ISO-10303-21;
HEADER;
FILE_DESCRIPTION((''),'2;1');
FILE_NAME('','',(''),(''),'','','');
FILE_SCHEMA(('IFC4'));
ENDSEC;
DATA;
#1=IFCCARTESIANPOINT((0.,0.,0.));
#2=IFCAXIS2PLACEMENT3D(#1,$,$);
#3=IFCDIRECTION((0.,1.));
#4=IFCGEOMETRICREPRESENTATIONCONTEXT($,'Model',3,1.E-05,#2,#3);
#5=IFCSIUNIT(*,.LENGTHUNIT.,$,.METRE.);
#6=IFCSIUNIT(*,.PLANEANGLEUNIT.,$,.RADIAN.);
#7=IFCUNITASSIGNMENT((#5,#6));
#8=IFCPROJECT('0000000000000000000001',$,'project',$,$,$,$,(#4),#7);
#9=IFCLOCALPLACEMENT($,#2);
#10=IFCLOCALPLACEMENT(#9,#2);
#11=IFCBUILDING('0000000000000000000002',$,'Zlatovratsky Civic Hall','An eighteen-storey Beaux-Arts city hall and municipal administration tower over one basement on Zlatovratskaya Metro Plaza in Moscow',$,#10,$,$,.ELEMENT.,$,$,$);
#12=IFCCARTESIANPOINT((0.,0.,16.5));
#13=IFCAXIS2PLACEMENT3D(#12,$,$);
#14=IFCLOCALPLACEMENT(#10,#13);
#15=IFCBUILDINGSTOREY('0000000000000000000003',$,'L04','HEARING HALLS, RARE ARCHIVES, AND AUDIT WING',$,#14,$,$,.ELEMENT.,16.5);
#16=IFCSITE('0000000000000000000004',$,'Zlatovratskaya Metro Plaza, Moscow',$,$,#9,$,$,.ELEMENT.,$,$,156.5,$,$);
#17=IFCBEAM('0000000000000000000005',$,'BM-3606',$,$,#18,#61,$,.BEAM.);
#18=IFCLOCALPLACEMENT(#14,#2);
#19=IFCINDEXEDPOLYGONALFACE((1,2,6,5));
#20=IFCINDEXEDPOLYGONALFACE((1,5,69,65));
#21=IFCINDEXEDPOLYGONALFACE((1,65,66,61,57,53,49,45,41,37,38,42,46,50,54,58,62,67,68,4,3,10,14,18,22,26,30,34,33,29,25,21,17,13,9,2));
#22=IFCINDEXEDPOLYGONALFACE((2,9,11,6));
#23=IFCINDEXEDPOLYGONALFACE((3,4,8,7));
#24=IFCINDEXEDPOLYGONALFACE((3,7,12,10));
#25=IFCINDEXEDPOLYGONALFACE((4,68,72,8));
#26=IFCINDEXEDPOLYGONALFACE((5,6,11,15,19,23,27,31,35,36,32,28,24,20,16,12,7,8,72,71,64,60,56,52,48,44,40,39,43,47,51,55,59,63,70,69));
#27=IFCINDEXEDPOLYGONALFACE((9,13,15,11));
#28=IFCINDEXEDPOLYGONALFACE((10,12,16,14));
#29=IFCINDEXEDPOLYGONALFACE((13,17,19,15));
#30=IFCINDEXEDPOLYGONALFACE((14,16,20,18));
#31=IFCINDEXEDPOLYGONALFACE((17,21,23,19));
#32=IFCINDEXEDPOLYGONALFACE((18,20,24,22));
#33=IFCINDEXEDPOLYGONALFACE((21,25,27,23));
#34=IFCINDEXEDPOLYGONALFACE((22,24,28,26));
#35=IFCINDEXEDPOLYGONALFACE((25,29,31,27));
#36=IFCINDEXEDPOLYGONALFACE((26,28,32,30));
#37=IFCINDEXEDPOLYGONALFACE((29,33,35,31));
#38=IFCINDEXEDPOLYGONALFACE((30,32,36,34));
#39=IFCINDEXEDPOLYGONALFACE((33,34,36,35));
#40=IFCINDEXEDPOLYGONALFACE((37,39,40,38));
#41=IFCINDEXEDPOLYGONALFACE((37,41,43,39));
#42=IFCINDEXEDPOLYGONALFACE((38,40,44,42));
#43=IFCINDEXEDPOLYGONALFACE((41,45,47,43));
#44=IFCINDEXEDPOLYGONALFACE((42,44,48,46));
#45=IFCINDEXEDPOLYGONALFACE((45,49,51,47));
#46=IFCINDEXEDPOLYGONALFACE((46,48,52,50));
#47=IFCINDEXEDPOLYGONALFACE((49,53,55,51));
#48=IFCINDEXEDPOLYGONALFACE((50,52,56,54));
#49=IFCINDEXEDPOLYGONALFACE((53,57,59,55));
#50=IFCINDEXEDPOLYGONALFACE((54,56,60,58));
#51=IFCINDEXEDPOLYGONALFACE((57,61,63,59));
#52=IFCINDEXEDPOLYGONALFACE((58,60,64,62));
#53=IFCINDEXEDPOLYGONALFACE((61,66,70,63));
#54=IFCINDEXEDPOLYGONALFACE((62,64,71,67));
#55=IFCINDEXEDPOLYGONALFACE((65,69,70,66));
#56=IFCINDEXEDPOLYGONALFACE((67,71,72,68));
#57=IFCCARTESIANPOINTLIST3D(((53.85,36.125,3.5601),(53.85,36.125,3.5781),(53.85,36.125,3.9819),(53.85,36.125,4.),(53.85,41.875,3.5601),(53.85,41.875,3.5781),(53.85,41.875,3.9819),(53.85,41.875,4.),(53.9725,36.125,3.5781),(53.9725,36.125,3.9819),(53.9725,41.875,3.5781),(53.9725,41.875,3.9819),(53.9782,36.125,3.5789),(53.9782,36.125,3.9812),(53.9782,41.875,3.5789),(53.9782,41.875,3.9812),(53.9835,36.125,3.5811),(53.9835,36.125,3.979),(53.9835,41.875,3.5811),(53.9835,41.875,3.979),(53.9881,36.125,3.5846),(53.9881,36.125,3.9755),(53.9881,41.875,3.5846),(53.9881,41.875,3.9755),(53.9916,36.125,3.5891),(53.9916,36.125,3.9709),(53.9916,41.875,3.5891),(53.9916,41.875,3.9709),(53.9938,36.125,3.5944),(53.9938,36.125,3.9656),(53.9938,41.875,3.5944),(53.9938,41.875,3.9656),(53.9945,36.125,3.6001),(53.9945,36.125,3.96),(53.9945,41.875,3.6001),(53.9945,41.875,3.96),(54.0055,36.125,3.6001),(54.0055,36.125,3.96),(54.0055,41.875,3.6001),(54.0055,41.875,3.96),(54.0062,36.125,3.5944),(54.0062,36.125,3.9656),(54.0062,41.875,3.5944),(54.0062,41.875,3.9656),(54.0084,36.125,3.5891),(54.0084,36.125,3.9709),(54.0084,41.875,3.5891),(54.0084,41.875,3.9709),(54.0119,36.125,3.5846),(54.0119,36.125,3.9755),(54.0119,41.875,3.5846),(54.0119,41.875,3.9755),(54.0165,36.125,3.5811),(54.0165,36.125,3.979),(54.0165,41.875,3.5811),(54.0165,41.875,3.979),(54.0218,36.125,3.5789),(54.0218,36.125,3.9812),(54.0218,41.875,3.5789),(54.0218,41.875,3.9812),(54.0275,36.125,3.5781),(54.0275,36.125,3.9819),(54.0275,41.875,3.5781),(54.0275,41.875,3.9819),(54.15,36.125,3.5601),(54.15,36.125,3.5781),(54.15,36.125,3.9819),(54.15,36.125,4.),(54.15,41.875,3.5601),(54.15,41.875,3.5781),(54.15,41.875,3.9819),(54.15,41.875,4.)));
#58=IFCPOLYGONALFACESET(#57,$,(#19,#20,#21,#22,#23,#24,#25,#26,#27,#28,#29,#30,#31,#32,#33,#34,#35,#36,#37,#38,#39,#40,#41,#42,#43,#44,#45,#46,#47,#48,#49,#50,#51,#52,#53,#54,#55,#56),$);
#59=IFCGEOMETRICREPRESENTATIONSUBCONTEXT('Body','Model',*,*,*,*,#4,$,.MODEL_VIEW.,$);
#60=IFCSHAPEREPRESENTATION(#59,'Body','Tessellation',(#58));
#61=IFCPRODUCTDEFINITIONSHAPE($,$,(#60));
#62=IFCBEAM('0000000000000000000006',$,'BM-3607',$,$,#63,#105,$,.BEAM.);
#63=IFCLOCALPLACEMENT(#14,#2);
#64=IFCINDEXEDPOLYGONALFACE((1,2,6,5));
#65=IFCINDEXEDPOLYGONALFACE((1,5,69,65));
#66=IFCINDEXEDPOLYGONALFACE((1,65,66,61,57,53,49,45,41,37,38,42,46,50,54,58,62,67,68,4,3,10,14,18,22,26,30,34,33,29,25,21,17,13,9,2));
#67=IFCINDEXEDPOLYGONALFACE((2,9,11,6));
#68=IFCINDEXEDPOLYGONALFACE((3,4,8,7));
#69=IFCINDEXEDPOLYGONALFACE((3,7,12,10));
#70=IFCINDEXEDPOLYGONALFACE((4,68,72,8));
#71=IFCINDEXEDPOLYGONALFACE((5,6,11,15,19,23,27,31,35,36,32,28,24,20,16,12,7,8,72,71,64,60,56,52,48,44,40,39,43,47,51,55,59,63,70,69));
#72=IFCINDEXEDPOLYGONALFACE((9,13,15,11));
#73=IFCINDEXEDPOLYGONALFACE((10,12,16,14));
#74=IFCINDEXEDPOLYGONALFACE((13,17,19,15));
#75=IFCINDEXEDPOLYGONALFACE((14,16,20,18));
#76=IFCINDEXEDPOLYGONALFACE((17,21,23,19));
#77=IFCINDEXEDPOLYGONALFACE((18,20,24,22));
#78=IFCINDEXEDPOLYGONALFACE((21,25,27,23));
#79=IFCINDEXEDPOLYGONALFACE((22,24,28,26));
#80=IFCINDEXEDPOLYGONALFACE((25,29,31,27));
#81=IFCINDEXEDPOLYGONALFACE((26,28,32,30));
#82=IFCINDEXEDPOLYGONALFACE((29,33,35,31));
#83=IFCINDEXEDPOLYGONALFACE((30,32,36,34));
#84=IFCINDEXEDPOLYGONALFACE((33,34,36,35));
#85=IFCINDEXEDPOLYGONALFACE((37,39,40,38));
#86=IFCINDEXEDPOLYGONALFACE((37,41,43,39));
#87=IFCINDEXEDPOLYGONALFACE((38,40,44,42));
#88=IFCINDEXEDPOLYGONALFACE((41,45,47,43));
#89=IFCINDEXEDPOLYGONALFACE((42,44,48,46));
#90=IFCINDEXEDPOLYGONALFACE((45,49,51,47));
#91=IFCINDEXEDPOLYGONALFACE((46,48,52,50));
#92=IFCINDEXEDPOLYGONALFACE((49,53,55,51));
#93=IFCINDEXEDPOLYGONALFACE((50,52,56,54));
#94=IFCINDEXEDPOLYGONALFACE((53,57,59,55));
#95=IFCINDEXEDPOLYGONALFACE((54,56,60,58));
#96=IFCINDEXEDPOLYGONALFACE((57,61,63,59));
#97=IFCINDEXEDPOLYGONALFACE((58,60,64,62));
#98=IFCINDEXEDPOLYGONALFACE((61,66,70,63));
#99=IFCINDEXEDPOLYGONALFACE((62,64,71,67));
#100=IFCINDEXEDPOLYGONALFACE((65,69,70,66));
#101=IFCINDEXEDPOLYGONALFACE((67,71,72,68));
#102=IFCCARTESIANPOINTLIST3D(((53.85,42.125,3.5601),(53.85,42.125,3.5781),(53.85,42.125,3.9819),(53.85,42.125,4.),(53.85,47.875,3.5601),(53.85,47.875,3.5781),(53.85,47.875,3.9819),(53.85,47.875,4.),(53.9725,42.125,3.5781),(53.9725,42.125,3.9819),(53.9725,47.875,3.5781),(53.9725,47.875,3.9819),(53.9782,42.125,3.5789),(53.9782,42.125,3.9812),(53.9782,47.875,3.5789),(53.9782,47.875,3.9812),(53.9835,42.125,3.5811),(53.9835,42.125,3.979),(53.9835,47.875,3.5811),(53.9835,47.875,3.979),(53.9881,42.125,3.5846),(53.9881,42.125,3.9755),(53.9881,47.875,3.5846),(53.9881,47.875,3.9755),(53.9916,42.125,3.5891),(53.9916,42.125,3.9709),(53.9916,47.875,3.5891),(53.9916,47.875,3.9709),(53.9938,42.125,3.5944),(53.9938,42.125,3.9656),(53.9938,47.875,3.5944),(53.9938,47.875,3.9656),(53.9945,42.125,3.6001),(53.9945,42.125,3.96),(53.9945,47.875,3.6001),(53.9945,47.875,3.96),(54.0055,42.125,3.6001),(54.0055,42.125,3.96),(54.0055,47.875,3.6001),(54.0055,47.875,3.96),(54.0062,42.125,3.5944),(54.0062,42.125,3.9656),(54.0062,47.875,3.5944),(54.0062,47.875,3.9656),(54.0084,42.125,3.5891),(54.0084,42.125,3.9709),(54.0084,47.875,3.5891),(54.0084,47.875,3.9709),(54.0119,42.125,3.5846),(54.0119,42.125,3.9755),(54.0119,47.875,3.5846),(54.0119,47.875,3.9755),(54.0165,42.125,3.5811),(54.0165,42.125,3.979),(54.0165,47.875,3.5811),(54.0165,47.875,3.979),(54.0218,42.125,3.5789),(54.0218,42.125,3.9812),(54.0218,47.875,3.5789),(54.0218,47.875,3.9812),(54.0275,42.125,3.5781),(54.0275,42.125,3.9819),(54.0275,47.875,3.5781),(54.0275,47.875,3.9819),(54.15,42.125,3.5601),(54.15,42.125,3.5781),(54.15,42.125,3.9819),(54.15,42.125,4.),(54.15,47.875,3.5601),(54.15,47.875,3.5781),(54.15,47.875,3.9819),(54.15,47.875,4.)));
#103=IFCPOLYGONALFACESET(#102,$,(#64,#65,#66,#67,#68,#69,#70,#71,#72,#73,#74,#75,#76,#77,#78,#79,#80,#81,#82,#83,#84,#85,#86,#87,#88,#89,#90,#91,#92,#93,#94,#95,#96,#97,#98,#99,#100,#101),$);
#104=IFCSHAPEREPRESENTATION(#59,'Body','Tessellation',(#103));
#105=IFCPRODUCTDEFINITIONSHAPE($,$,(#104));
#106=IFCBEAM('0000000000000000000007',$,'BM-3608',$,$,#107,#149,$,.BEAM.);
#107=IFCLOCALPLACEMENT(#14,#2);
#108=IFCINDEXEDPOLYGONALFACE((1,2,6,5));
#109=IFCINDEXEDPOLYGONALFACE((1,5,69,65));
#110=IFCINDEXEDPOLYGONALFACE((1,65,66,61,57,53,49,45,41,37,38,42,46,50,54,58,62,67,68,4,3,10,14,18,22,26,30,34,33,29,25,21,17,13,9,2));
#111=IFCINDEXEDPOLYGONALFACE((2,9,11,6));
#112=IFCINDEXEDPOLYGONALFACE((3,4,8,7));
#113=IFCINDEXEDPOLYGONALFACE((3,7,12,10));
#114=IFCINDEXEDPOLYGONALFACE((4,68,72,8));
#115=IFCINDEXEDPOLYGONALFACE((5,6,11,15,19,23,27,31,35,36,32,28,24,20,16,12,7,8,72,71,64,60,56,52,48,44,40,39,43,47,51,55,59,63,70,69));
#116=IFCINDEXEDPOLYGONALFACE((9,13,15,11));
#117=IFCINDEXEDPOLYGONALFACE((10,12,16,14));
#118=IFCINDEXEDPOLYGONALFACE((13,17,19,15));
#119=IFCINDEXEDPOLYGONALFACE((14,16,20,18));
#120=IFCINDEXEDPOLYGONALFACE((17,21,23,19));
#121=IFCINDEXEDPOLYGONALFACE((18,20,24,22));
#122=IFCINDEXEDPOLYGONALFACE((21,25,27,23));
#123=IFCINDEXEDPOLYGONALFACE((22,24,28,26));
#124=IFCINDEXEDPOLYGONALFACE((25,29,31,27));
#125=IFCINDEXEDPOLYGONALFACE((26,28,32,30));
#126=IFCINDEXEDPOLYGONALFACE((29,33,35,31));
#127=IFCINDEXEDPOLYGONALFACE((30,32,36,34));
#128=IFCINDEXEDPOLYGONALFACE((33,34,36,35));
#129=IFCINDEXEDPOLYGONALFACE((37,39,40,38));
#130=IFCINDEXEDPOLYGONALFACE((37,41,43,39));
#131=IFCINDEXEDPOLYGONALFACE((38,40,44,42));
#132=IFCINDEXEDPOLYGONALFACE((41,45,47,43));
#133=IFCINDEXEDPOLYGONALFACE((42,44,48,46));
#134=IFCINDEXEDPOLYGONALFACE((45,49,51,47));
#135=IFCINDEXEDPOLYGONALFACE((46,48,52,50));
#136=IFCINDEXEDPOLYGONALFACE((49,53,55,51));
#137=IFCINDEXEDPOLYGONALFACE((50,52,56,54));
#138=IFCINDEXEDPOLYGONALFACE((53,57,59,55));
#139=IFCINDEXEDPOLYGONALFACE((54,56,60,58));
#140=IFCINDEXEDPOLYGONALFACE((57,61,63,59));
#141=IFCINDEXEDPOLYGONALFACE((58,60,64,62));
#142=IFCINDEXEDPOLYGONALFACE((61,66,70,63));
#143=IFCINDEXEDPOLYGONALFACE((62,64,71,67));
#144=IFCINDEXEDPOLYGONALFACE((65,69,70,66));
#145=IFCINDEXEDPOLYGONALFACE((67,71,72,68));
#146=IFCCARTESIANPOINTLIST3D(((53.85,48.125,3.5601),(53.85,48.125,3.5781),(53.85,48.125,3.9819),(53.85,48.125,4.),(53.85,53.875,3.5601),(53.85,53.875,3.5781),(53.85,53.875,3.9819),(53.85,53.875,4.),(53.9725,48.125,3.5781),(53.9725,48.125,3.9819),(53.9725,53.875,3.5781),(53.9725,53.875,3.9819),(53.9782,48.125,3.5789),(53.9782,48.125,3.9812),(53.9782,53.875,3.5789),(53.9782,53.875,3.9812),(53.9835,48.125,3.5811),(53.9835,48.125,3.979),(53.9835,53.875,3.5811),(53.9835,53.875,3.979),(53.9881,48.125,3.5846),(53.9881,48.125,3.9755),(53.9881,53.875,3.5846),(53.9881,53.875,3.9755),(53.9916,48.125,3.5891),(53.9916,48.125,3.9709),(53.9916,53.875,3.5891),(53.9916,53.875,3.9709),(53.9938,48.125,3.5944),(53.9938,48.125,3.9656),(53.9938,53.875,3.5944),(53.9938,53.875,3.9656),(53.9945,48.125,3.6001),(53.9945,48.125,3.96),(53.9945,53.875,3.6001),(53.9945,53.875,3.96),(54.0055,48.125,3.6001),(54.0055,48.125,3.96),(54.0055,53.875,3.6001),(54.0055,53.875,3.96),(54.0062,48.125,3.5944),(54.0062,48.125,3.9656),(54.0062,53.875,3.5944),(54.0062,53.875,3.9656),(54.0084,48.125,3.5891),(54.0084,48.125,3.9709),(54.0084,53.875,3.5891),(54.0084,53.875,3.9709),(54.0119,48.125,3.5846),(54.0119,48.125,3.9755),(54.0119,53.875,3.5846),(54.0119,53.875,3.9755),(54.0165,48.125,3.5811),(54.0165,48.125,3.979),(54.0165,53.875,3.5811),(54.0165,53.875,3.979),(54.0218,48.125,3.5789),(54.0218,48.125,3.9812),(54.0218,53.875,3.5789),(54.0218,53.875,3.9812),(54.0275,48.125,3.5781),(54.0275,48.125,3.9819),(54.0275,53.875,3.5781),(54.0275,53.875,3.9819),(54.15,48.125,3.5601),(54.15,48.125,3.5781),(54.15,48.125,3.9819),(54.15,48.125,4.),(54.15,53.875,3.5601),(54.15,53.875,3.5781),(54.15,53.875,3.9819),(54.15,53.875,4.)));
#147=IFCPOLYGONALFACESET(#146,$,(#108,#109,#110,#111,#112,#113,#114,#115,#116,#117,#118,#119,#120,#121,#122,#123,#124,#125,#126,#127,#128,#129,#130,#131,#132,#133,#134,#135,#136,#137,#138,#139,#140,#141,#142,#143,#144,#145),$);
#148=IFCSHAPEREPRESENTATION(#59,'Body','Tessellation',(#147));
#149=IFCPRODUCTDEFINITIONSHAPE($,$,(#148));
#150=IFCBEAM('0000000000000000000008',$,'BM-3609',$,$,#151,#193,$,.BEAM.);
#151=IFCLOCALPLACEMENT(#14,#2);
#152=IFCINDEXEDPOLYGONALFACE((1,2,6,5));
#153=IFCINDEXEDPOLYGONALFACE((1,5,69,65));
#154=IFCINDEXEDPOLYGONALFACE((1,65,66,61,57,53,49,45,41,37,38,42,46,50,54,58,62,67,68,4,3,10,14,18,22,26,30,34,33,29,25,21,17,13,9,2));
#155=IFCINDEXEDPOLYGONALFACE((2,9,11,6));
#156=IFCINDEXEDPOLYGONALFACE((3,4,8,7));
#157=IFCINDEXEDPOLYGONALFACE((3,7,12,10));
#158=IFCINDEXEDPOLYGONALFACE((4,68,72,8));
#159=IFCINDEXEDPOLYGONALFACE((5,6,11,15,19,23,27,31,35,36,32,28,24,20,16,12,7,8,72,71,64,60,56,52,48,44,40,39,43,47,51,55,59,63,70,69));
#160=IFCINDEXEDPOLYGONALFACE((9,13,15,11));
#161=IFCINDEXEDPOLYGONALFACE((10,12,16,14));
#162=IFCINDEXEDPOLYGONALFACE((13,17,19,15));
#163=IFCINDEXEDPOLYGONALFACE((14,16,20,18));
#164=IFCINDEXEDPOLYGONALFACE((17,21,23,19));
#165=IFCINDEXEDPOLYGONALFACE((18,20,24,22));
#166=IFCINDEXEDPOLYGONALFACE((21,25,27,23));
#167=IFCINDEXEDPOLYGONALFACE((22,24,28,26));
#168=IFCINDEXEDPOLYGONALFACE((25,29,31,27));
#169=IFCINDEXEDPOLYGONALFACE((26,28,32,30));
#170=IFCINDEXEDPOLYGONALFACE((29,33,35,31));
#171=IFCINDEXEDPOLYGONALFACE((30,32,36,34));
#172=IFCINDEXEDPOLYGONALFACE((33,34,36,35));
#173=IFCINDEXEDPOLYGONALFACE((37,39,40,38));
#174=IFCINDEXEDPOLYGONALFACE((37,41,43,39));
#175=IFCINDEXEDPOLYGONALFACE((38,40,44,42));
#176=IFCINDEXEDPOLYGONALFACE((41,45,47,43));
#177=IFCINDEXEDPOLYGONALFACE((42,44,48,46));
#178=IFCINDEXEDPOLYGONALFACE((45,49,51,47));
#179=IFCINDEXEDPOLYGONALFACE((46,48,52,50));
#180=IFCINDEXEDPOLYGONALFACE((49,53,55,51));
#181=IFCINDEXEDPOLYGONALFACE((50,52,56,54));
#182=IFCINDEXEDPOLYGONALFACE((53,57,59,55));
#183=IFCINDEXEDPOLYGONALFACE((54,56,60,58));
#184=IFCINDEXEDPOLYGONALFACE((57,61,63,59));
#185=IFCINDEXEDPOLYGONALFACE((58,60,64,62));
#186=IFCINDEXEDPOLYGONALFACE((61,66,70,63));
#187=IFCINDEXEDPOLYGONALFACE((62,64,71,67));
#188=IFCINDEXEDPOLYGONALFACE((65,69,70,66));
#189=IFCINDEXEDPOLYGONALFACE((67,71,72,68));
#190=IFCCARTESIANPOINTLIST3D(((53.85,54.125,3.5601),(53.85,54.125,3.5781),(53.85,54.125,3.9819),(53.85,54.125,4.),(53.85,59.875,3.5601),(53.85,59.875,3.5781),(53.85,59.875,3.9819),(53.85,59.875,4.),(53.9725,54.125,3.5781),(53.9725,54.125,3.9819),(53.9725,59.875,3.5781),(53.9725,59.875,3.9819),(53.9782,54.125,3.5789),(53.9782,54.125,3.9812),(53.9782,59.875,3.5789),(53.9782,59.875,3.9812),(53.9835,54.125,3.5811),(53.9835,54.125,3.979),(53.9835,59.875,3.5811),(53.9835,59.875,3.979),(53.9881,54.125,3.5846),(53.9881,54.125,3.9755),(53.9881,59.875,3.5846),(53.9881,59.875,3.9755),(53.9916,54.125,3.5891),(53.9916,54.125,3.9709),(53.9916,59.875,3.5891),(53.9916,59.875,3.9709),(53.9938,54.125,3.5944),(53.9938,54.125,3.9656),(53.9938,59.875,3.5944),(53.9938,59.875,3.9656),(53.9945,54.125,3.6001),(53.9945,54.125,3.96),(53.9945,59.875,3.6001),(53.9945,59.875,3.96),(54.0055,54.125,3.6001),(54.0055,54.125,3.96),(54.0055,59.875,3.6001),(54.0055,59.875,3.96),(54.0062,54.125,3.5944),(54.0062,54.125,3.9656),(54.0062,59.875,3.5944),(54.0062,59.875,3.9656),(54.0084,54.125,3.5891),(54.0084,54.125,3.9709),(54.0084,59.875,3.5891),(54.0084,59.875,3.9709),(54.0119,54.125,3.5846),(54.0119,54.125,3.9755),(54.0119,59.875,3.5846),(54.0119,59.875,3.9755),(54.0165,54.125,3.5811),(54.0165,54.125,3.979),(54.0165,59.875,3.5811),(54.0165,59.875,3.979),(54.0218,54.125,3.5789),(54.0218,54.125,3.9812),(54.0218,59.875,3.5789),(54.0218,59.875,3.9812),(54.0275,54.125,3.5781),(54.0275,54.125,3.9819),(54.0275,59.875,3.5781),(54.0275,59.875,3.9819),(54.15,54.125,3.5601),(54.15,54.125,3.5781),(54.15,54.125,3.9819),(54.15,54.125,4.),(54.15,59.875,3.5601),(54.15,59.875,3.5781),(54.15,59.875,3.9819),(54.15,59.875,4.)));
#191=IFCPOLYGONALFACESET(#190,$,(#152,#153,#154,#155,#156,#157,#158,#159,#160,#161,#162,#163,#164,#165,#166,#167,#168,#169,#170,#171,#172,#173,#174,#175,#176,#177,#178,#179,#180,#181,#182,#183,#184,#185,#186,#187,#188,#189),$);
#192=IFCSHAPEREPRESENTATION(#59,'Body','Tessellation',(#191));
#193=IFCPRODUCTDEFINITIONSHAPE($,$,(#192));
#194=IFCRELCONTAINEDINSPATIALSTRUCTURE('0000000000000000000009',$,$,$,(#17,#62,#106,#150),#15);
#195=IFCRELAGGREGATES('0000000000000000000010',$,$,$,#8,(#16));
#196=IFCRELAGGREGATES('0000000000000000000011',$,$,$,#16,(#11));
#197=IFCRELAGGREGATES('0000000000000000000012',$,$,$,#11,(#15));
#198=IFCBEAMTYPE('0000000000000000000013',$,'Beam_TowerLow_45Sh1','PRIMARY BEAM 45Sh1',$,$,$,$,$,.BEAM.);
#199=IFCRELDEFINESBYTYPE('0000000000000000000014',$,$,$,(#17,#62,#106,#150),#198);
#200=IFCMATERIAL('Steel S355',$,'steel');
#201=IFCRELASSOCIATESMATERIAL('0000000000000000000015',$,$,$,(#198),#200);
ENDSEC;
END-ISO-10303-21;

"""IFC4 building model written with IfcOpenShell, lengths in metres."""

from ifc_helpers import new_model, si_unit, direction, frame, origin, origin_2d, place, context, subcontext, project, spatial, i_section, extrude, material, material_profile, profile_set, type_object, element, save


model = new_model("IFC4")

# Units and contexts
model_context = context("Model", 3, precision=1e-05, world=origin(), true_north=direction((0.0, 1.0)))
body_context = subcontext(model_context, "Body", "Model", "MODEL_VIEW")
ifc_project = project(units=[si_unit("LENGTHUNIT", "METRE"), si_unit("PLANEANGLEUNIT", "RADIAN")], contexts=[model_context])

# Site, building, storey
site_placement = place(None, origin())
site = spatial("IfcSite", under=ifc_project, at=site_placement, Name="Zlatovratskaya Metro Plaza, Moscow", CompositionType="ELEMENT", RefElevation=156.5)
building_placement = place(site_placement, origin())
building = spatial("IfcBuilding", under=site, at=building_placement, Name="Zlatovratsky Civic Hall", Description="An eighteen-storey Beaux-Arts city hall and municipal administration tower over one basement on Zlatovratskaya Metro Plaza in Moscow", CompositionType="ELEMENT")
storey_placement = place(building_placement, frame((0.0, 0.0, 16.5)))
storey = spatial("IfcBuildingStorey", under=building, at=storey_placement, Name="L04", Description="HEARING HALLS, RARE ARCHIVES, AND AUDIT WING", CompositionType="ELEMENT", Elevation=16.5)

# Shared definitions
ifc_material_1 = material(Name="Steel S355", Category="steel")

# Beams
ifc_material_profile_1 = material_profile(ifc_material_1, i_section(OverallWidth=0.3, OverallDepth=0.4399, WebThickness=0.011, FlangeThickness=0.0181, FilletRadius=0.022, at=origin_2d()), Name="45Sh1")
ifc_profile_set_1 = profile_set([ifc_material_profile_1], Name="Steel S355")
beam_type = type_object("IfcBeamType", Name="Beam_TowerLow_45Sh1", Description="PRIMARY BEAM 45Sh1", PredefinedType="BEAM", material=ifc_profile_set_1)
for number, where, z_axis, x_axis, name in (
    (1, (54.0, 36.125, 3.78), (0.0, 1.0, 0.0), (-1.0, 0.0, 0.0), "BM-3606"),
    (2, (54.0, 42.125, 3.78), (0.0, 1.0, 0.0), (-1.0, 0.0, 0.0), "BM-3607"),
    (3, (54.0, 48.125, 3.78), (0.0, 1.0, 0.0), (-1.0, 0.0, 0.0), "BM-3608"),
    (4, (54.0, 54.125, 3.78), (0.0, 1.0, 0.0), (-1.0, 0.0, 0.0), "BM-3609"),
):
    element("IfcBeam", number, at=place(storey_placement, frame(where, z_axis=z_axis, x_axis=x_axis)), inside=storey, type_object=beam_type, Name=name, PredefinedType="BEAM", context=body_context, shape_type="SweptSolid", body=[
        extrude(i_section(OverallWidth=0.3, OverallDepth=0.4399, WebThickness=0.011, FlangeThickness=0.0181, FilletRadius=0.022, at=origin_2d()), origin(), (0.0, 0.0, 1.0), 5.75),
    ])

save(model, "model.ifc")
